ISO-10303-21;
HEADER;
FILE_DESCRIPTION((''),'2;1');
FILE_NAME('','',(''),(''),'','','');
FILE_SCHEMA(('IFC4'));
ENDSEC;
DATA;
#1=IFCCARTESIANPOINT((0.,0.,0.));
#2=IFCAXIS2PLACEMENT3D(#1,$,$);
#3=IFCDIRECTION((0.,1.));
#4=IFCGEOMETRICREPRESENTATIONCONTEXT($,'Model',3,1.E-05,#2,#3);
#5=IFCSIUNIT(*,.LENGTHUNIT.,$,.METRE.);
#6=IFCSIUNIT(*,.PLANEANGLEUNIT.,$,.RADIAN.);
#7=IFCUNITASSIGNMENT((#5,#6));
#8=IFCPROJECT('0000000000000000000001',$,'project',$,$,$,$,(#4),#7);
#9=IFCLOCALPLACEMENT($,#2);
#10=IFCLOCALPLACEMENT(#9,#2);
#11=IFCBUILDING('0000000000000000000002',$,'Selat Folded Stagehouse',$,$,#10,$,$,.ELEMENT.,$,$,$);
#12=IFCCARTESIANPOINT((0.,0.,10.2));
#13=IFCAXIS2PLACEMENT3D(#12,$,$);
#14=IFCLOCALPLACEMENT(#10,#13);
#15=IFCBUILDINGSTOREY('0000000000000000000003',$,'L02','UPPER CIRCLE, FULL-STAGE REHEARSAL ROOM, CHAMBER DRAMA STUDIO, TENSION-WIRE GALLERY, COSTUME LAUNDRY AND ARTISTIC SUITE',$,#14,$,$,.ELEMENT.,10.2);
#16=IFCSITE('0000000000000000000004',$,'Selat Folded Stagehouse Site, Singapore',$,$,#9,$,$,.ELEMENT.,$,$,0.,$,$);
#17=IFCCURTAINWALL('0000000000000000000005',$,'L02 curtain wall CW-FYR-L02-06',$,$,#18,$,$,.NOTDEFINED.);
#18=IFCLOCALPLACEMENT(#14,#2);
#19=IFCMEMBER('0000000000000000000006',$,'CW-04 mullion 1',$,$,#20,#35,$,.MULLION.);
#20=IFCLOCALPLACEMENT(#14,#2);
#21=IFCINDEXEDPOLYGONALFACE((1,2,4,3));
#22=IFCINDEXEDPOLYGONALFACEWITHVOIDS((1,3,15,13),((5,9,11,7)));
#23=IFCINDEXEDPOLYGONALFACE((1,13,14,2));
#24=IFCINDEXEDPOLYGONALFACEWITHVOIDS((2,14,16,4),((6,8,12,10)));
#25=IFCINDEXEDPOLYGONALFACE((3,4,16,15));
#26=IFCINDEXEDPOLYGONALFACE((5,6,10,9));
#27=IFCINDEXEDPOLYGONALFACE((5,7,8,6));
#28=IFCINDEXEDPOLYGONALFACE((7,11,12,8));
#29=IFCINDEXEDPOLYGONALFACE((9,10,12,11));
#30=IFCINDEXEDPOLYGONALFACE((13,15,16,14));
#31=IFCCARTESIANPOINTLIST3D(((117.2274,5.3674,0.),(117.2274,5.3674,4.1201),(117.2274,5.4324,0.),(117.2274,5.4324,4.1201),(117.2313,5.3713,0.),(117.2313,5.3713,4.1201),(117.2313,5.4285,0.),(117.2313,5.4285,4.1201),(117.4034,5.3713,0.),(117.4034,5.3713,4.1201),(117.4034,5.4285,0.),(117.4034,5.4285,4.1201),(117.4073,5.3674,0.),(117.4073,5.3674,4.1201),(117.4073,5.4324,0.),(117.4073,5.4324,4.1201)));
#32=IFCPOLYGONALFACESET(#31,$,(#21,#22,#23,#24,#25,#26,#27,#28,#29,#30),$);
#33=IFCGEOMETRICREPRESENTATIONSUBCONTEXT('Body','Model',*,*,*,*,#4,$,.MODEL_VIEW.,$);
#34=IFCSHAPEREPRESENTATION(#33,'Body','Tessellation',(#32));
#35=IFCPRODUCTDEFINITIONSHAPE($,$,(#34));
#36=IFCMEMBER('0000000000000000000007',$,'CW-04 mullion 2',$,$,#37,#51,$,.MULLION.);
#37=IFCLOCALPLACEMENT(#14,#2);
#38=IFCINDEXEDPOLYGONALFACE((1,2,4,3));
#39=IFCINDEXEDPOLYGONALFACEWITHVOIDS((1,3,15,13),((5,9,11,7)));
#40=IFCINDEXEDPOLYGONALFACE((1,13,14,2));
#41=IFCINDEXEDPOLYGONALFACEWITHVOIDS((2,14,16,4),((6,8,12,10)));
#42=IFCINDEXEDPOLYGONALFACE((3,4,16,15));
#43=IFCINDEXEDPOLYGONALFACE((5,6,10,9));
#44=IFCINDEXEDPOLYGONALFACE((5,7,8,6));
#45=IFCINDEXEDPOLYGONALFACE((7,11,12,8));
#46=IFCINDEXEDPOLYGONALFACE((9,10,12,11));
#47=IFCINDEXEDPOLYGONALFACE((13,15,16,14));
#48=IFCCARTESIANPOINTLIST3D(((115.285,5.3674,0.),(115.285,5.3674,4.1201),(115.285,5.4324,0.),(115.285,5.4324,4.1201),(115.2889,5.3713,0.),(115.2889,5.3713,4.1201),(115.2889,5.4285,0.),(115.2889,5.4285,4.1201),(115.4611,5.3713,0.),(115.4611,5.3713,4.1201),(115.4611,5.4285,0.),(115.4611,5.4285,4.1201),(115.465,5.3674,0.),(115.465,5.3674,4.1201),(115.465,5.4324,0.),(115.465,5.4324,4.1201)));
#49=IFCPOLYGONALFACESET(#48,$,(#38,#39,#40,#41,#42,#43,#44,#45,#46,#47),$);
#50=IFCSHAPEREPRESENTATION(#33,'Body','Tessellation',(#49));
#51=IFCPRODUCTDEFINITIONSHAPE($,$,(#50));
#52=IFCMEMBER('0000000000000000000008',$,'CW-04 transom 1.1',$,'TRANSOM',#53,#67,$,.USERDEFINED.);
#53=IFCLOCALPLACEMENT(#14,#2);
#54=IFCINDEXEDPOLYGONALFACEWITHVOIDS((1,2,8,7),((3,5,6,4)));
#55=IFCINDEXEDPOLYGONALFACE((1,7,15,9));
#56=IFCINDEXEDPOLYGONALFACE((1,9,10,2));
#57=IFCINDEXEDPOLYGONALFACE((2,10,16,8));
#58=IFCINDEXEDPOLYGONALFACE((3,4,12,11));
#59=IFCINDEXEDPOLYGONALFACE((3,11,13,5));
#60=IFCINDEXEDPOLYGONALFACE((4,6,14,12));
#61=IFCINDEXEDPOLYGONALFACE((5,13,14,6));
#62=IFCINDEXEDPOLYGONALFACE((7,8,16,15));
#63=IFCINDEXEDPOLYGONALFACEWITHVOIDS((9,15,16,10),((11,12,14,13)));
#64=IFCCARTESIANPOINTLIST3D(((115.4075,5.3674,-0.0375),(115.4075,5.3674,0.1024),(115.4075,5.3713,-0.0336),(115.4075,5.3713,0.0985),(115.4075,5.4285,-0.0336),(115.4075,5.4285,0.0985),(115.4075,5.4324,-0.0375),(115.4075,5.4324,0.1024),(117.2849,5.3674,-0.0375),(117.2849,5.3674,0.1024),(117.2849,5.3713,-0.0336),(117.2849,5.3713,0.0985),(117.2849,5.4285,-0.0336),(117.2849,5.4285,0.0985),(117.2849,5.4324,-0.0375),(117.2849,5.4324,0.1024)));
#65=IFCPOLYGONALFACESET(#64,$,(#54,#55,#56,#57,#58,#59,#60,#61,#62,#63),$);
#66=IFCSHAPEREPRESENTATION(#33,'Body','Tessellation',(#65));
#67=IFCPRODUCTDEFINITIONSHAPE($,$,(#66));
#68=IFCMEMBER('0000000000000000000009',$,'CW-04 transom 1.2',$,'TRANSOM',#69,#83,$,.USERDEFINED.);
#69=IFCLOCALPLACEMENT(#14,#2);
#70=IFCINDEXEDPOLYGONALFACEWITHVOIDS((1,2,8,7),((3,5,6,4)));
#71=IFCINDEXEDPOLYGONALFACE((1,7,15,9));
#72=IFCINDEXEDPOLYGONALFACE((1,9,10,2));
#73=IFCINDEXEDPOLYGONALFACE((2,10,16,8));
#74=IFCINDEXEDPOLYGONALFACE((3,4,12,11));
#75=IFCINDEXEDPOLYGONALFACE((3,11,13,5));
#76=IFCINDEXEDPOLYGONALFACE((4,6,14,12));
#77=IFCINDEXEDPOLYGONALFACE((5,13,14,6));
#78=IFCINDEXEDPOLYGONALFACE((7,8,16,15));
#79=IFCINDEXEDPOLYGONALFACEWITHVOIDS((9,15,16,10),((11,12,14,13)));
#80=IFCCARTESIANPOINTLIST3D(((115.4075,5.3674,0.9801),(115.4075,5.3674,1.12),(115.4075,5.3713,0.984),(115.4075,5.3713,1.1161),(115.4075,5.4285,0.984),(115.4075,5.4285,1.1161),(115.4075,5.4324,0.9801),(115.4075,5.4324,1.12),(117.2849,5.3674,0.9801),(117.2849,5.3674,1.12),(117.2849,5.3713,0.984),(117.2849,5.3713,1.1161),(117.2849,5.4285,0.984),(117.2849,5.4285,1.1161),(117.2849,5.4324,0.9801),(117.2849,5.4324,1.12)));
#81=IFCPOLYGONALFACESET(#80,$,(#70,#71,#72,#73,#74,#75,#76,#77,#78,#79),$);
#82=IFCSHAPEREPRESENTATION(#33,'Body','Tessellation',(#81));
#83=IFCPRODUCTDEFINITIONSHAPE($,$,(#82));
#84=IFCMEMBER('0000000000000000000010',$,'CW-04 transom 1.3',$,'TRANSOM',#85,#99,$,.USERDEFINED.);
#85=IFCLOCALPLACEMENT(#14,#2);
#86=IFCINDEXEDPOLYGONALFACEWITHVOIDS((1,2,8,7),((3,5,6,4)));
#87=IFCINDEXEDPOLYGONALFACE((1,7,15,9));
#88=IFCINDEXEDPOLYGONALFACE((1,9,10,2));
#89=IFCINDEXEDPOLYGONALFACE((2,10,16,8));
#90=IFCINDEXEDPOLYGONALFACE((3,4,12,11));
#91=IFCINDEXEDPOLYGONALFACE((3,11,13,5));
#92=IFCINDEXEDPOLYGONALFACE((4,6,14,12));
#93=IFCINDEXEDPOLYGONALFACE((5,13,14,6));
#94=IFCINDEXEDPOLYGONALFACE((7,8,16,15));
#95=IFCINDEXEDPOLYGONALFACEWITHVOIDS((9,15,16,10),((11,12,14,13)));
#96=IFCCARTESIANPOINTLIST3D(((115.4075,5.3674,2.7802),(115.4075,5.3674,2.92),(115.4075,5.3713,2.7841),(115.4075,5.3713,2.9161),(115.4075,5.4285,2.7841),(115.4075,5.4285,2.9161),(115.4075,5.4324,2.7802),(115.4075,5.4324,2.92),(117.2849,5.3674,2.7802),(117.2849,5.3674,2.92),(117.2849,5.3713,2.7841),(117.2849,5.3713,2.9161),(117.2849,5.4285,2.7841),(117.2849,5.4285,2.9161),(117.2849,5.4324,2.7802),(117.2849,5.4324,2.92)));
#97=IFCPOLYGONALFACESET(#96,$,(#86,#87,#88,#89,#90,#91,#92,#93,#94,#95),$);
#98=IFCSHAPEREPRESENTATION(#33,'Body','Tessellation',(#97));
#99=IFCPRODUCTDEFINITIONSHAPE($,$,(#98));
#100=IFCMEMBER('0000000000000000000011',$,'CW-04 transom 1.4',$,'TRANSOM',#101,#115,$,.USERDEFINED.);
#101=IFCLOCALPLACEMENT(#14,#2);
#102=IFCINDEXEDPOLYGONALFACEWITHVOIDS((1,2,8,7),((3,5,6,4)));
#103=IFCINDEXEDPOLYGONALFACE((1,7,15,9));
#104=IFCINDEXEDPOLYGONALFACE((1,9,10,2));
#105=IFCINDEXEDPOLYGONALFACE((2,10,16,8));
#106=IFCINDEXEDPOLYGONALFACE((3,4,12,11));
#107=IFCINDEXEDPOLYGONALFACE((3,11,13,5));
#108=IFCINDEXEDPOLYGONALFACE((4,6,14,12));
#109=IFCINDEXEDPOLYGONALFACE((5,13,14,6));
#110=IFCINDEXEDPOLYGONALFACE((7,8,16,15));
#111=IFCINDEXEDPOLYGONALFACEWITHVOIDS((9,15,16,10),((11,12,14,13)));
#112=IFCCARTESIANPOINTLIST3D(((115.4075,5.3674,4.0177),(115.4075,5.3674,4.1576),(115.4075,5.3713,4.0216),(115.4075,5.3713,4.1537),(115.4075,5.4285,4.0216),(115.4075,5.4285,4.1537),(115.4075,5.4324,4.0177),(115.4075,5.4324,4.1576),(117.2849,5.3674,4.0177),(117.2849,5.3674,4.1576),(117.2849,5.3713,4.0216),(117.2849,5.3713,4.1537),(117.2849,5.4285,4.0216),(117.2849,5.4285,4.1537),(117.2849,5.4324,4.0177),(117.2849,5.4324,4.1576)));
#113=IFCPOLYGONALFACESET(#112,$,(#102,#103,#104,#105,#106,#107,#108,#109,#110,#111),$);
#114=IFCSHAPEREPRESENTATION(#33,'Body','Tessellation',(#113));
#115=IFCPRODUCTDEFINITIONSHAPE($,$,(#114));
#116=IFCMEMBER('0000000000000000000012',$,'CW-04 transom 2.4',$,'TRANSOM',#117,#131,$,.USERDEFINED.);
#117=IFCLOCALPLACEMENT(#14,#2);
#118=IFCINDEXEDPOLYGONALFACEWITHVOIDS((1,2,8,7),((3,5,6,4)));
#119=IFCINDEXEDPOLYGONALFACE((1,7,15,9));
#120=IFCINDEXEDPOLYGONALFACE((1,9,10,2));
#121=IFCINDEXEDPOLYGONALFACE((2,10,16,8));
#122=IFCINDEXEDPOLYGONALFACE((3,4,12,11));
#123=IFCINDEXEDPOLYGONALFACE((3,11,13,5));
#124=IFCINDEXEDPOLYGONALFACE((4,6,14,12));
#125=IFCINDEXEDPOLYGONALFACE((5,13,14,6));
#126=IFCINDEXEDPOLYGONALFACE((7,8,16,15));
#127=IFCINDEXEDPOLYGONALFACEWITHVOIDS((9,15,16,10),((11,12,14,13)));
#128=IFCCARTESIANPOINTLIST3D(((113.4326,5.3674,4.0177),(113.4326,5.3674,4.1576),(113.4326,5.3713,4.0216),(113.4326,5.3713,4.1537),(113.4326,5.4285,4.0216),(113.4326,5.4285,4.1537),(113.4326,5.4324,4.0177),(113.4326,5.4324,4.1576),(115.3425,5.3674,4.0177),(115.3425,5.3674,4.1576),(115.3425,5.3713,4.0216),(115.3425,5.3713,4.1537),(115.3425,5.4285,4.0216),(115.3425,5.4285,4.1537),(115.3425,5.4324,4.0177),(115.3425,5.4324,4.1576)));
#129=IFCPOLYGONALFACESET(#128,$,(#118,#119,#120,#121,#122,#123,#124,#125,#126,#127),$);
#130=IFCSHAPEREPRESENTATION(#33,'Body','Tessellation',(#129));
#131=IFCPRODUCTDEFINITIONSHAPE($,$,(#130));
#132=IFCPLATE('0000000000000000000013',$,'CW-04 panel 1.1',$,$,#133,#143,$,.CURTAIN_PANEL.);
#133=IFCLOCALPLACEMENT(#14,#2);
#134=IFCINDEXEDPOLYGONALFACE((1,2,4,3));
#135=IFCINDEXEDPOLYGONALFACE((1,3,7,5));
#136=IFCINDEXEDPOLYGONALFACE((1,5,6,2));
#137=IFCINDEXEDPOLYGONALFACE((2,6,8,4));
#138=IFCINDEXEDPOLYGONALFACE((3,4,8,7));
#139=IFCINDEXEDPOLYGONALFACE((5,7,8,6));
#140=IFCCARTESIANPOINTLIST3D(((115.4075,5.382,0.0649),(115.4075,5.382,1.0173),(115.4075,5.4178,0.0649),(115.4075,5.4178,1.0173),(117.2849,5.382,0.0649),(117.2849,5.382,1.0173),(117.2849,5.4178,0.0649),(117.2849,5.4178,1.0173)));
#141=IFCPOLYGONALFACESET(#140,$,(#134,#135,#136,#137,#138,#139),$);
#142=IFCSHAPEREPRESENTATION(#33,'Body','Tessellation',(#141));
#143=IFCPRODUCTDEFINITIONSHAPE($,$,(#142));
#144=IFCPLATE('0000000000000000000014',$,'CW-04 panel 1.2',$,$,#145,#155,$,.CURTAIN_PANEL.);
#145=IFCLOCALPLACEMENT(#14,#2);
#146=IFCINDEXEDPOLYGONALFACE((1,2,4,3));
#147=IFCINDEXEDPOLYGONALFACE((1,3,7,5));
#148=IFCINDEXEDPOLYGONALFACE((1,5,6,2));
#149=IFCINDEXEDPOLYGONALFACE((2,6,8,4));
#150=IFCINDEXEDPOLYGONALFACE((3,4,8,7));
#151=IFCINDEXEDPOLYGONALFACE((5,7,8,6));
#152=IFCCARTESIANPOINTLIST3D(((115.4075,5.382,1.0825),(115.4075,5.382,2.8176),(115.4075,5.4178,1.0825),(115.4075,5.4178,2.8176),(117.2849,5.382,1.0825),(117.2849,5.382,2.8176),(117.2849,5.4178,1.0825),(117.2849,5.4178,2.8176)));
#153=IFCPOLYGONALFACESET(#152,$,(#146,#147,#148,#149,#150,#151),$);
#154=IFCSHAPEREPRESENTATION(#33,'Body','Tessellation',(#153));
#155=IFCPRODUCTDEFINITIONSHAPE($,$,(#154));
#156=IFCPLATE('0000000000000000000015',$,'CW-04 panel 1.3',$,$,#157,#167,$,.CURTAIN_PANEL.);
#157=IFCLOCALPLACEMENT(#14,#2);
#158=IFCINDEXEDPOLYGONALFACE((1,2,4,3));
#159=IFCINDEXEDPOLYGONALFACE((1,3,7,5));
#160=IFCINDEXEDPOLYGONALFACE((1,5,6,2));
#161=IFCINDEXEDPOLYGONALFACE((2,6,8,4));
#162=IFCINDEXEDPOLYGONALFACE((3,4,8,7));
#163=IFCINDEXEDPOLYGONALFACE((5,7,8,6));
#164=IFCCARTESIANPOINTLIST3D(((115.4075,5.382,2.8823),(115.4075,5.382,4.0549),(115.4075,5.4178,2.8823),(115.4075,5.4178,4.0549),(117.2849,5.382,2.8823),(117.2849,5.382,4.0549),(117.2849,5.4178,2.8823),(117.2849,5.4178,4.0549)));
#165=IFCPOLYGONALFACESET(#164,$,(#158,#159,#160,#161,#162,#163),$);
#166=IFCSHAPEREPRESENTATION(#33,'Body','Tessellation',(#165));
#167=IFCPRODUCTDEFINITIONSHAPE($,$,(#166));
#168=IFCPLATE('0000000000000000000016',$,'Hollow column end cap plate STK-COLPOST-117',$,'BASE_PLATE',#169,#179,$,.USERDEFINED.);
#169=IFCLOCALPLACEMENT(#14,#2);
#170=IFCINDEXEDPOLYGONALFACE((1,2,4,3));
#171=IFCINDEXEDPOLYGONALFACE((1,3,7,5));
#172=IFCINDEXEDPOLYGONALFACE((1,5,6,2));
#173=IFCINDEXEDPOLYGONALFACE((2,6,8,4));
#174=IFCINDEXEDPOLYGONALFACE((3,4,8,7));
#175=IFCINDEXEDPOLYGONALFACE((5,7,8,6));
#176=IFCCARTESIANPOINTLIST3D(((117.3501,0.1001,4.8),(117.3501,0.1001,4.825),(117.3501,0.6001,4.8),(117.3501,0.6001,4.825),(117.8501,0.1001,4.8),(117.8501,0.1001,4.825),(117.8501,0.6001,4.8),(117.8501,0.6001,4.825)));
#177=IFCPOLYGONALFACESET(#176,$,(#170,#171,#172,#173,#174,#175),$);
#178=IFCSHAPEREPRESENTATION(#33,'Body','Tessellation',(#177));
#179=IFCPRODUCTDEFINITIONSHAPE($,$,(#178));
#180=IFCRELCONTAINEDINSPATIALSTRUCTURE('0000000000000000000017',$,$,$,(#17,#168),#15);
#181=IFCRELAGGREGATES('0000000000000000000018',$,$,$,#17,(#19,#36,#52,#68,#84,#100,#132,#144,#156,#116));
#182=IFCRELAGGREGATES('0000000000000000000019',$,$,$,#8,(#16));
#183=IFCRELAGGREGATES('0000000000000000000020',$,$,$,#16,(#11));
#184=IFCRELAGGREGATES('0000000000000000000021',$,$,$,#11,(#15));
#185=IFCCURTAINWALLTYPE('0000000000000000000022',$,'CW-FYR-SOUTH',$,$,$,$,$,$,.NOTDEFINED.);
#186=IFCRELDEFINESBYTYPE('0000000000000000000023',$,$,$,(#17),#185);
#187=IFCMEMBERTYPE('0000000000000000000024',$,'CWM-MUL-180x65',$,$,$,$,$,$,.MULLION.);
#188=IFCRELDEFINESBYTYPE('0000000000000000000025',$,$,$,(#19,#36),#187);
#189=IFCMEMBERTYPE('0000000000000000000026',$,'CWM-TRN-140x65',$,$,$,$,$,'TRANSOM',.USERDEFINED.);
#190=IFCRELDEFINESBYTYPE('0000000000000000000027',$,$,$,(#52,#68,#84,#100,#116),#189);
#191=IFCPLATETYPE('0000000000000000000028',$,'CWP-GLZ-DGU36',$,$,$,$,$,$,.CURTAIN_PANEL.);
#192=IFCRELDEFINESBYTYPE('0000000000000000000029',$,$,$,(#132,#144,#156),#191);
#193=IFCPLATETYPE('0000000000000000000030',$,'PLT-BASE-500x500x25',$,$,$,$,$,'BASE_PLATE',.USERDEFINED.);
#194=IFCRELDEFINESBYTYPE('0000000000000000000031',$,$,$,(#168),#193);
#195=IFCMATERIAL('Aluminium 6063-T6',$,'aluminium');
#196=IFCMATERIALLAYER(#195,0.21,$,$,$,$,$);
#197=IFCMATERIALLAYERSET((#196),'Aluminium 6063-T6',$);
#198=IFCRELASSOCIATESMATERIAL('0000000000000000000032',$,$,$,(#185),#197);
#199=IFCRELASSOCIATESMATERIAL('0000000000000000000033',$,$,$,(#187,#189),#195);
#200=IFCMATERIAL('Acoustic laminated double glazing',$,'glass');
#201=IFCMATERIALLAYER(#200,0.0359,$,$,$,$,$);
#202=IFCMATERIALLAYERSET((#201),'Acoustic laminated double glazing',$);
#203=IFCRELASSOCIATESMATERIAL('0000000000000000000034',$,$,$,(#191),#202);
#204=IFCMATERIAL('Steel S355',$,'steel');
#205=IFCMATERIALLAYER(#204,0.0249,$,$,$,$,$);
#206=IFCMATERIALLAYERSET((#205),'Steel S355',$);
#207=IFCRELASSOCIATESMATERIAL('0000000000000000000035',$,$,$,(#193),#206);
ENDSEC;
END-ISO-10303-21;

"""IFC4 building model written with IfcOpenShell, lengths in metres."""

from ifc_helpers import new_model, si_unit, direction, frame, origin, origin_2d, place, context, subcontext, project, spatial, rectangle, hollow_rectangle, extrude, material, layer, layer_set, material_profile, profile_set, type_object, element, aggregate, save


model = new_model("IFC4")

# Units and contexts
model_context = context("Model", 3, precision=1e-05, world=origin(), true_north=direction((0.0, 1.0)))
body_context = subcontext(model_context, "Body", "Model", "MODEL_VIEW")
ifc_project = project(units=[si_unit("LENGTHUNIT", "METRE"), si_unit("PLANEANGLEUNIT", "RADIAN")], contexts=[model_context])

# Site, building, storey
site_placement = place(None, origin())
site = spatial("IfcSite", under=ifc_project, at=site_placement, Name="Selat Folded Stagehouse Site, Singapore", CompositionType="ELEMENT", RefElevation=0.0)
building_placement = place(site_placement, origin())
building = spatial("IfcBuilding", under=site, at=building_placement, Name="Selat Folded Stagehouse", CompositionType="ELEMENT")
storey_placement = place(building_placement, frame((0.0, 0.0, 10.2)))
storey = spatial("IfcBuildingStorey", under=building, at=storey_placement, Name="L02", Description="UPPER CIRCLE, FULL-STAGE REHEARSAL ROOM, CHAMBER DRAMA STUDIO, TENSION-WIRE GALLERY, COSTUME LAUNDRY AND ARTISTIC SUITE", CompositionType="ELEMENT", Elevation=10.2)

# Shared definitions
ifc_material_1 = material(Name="Steel S355", Category="steel")

# Curtain wall, members, plates
ifc_material_2 = material(Name="Aluminium 6063-T6", Category="aluminium")
ifc_layer_1 = layer(ifc_material_2, 0.21)
ifc_layer_set_1 = layer_set([ifc_layer_1], Name="Aluminium 6063-T6")
curtain_wall_type = type_object("IfcCurtainWallType", Name="CW-FYR-SOUTH", PredefinedType="NOTDEFINED", material=ifc_layer_set_1)
curtain_wall_placement = place(storey_placement, origin())
curtain_wall = element("IfcCurtainWall", 1, at=curtain_wall_placement, inside=storey, type_object=curtain_wall_type, Name="L02 curtain wall CW-FYR-L02-06", PredefinedType="NOTDEFINED")
ifc_material_profile_1 = material_profile(ifc_material_2, hollow_rectangle(XDim=0.0649, YDim=0.1799, WallThickness=0.0039, at=origin_2d()), Name="ALU 180x65x4.0")
ifc_profile_set_1 = profile_set([ifc_material_profile_1], Name="Aluminium 6063-T6")
member_type_1 = type_object("IfcMemberType", Name="CWM-MUL-180x65", PredefinedType="MULLION", material=ifc_profile_set_1)
member_1_placement = place(storey_placement, frame((117.3174, 5.3999, 0.0), z_axis=(0.0, 0.0, 1.0), x_axis=(0.0, -1.0, 0.0)))
member_1 = element("IfcMember", 2, at=member_1_placement, type_object=member_type_1, Name="CW-04 mullion 1", PredefinedType="MULLION", context=body_context, shape_type="SweptSolid", body=[
    extrude(hollow_rectangle(XDim=0.0649, YDim=0.1799, WallThickness=0.0039, at=origin_2d()), origin(), (0.0, 0.0, 1.0), 4.1201),
])
member_2_placement = place(storey_placement, frame((115.375, 5.3999, 0.0), z_axis=(0.0, 0.0, 1.0), x_axis=(0.0, -1.0, 0.0)))
member_2 = element("IfcMember", 3, at=member_2_placement, type_object=member_type_1, Name="CW-04 mullion 2", PredefinedType="MULLION", context=body_context, shape_type="SweptSolid", body=[
    extrude(hollow_rectangle(XDim=0.0649, YDim=0.1799, WallThickness=0.0039, at=origin_2d()), origin(), (0.0, 0.0, 1.0), 4.1201),
])
ifc_material_profile_2 = material_profile(ifc_material_2, hollow_rectangle(XDim=0.0649, YDim=0.1399, WallThickness=0.0039, at=origin_2d()), Name="ALU 140x65x4.0")
ifc_profile_set_2 = profile_set([ifc_material_profile_2], Name="Aluminium 6063-T6")
member_type_2 = type_object("IfcMemberType", Name="CWM-TRN-140x65", ElementType="TRANSOM", PredefinedType="USERDEFINED", material=ifc_profile_set_2)
member_3_placement = place(storey_placement, frame((117.2849, 5.3999, 0.0325), z_axis=(-1.0, 0.0, 0.0), x_axis=(0.0, -1.0, 0.0)))
member_3 = element("IfcMember", 4, at=member_3_placement, type_object=member_type_2, Name="CW-04 transom 1.1", ObjectType="TRANSOM", PredefinedType="USERDEFINED", context=body_context, shape_type="SweptSolid", body=[
    extrude(hollow_rectangle(XDim=0.0649, YDim=0.1399, WallThickness=0.0039, at=origin_2d()), origin(), (0.0, 0.0, 1.0), 1.8774),
])
member_4_placement = place(storey_placement, frame((117.2849, 5.3999, 1.05), z_axis=(-1.0, 0.0, 0.0), x_axis=(0.0, -1.0, 0.0)))
member_4 = element("IfcMember", 5, at=member_4_placement, type_object=member_type_2, Name="CW-04 transom 1.2", ObjectType="TRANSOM", PredefinedType="USERDEFINED", context=body_context, shape_type="SweptSolid", body=[
    extrude(hollow_rectangle(XDim=0.0649, YDim=0.1399, WallThickness=0.0039, at=origin_2d()), origin(), (0.0, 0.0, 1.0), 1.8774),
])
member_5_placement = place(storey_placement, frame((117.2849, 5.3999, 2.8501), z_axis=(-1.0, 0.0, 0.0), x_axis=(0.0, -1.0, 0.0)))
member_5 = element("IfcMember", 6, at=member_5_placement, type_object=member_type_2, Name="CW-04 transom 1.3", ObjectType="TRANSOM", PredefinedType="USERDEFINED", context=body_context, shape_type="SweptSolid", body=[
    extrude(hollow_rectangle(XDim=0.0649, YDim=0.1399, WallThickness=0.0039, at=origin_2d()), origin(), (0.0, 0.0, 1.0), 1.8774),
])
member_6_placement = place(storey_placement, frame((117.2849, 5.3999, 4.0876), z_axis=(-1.0, 0.0, 0.0), x_axis=(0.0, -1.0, 0.0)))
member_6 = element("IfcMember", 7, at=member_6_placement, type_object=member_type_2, Name="CW-04 transom 1.4", ObjectType="TRANSOM", PredefinedType="USERDEFINED", context=body_context, shape_type="SweptSolid", body=[
    extrude(hollow_rectangle(XDim=0.0649, YDim=0.1399, WallThickness=0.0039, at=origin_2d()), origin(), (0.0, 0.0, 1.0), 1.8774),
])
member_7_placement = place(storey_placement, frame((115.3425, 5.3999, 4.0876), z_axis=(-1.0, 0.0, 0.0), x_axis=(0.0, -1.0, 0.0)))
member_7 = element("IfcMember", 8, at=member_7_placement, type_object=member_type_2, Name="CW-04 transom 2.4", ObjectType="TRANSOM", PredefinedType="USERDEFINED", context=body_context, shape_type="SweptSolid", body=[
    extrude(hollow_rectangle(XDim=0.0649, YDim=0.1399, WallThickness=0.0039, at=origin_2d()), origin(), (0.0, 0.0, 1.0), 1.9099),
])
ifc_material_3 = material(Name="Acoustic laminated double glazing", Category="glass")
ifc_layer_2 = layer(ifc_material_3, 0.0359)
ifc_layer_set_2 = layer_set([ifc_layer_2], Name="Acoustic laminated double glazing")
plate_type_1 = type_object("IfcPlateType", Name="CWP-GLZ-DGU36", PredefinedType="CURTAIN_PANEL", material=ifc_layer_set_2)
plate_1_placement = place(storey_placement, frame((116.3462, 5.3999, 0.0649), z_axis=(0.0, 0.0, 1.0), x_axis=(-1.0, 0.0, 0.0)))
plate_1 = element("IfcPlate", 9, at=plate_1_placement, type_object=plate_type_1, Name="CW-04 panel 1.1", PredefinedType="CURTAIN_PANEL", context=body_context, shape_type="SweptSolid", body=[
    extrude(rectangle(XDim=1.8774, YDim=0.0359, at=origin_2d()), origin(), (0.0, 0.0, 1.0), 0.9524),
])
plate_2_placement = place(storey_placement, frame((116.3462, 5.3999, 1.0825), z_axis=(0.0, 0.0, 1.0), x_axis=(-1.0, 0.0, 0.0)))
plate_2 = element("IfcPlate", 10, at=plate_2_placement, type_object=plate_type_1, Name="CW-04 panel 1.2", PredefinedType="CURTAIN_PANEL", context=body_context, shape_type="SweptSolid", body=[
    extrude(rectangle(XDim=1.8774, YDim=0.0359, at=origin_2d()), origin(), (0.0, 0.0, 1.0), 1.7351),
])
plate_3_placement = place(storey_placement, frame((116.3462, 5.3999, 2.8823), z_axis=(0.0, 0.0, 1.0), x_axis=(-1.0, 0.0, 0.0)))
plate_3 = element("IfcPlate", 11, at=plate_3_placement, type_object=plate_type_1, Name="CW-04 panel 1.3", PredefinedType="CURTAIN_PANEL", context=body_context, shape_type="SweptSolid", body=[
    extrude(rectangle(XDim=1.8774, YDim=0.0359, at=origin_2d()), origin(), (0.0, 0.0, 1.0), 1.1726),
])
aggregate(curtain_wall, [member_1, member_2, member_3, member_4, member_5, member_6, plate_1, plate_2, plate_3, member_7])

# Plate
ifc_layer_3 = layer(ifc_material_1, 0.0249)
ifc_layer_set_3 = layer_set([ifc_layer_3], Name="Steel S355")
plate_type_2 = type_object("IfcPlateType", Name="PLT-BASE-500x500x25", ElementType="BASE_PLATE", PredefinedType="USERDEFINED", material=ifc_layer_set_3)
plate_4_placement = place(storey_placement, frame((117.6001, 0.3501, 4.8), z_axis=(0.0, 0.0, 1.0), x_axis=(1.0, 0.0, 0.0)))
element("IfcPlate", 12, at=plate_4_placement, inside=storey, type_object=plate_type_2, Name="Hollow column end cap plate STK-COLPOST-117", ObjectType="BASE_PLATE", PredefinedType="USERDEFINED", context=body_context, shape_type="SweptSolid", body=[
    extrude(rectangle(XDim=0.5, YDim=0.5, at=origin_2d()), origin(), (0.0, 0.0, 1.0), 0.0249),
])

save(model, "model.ifc")
